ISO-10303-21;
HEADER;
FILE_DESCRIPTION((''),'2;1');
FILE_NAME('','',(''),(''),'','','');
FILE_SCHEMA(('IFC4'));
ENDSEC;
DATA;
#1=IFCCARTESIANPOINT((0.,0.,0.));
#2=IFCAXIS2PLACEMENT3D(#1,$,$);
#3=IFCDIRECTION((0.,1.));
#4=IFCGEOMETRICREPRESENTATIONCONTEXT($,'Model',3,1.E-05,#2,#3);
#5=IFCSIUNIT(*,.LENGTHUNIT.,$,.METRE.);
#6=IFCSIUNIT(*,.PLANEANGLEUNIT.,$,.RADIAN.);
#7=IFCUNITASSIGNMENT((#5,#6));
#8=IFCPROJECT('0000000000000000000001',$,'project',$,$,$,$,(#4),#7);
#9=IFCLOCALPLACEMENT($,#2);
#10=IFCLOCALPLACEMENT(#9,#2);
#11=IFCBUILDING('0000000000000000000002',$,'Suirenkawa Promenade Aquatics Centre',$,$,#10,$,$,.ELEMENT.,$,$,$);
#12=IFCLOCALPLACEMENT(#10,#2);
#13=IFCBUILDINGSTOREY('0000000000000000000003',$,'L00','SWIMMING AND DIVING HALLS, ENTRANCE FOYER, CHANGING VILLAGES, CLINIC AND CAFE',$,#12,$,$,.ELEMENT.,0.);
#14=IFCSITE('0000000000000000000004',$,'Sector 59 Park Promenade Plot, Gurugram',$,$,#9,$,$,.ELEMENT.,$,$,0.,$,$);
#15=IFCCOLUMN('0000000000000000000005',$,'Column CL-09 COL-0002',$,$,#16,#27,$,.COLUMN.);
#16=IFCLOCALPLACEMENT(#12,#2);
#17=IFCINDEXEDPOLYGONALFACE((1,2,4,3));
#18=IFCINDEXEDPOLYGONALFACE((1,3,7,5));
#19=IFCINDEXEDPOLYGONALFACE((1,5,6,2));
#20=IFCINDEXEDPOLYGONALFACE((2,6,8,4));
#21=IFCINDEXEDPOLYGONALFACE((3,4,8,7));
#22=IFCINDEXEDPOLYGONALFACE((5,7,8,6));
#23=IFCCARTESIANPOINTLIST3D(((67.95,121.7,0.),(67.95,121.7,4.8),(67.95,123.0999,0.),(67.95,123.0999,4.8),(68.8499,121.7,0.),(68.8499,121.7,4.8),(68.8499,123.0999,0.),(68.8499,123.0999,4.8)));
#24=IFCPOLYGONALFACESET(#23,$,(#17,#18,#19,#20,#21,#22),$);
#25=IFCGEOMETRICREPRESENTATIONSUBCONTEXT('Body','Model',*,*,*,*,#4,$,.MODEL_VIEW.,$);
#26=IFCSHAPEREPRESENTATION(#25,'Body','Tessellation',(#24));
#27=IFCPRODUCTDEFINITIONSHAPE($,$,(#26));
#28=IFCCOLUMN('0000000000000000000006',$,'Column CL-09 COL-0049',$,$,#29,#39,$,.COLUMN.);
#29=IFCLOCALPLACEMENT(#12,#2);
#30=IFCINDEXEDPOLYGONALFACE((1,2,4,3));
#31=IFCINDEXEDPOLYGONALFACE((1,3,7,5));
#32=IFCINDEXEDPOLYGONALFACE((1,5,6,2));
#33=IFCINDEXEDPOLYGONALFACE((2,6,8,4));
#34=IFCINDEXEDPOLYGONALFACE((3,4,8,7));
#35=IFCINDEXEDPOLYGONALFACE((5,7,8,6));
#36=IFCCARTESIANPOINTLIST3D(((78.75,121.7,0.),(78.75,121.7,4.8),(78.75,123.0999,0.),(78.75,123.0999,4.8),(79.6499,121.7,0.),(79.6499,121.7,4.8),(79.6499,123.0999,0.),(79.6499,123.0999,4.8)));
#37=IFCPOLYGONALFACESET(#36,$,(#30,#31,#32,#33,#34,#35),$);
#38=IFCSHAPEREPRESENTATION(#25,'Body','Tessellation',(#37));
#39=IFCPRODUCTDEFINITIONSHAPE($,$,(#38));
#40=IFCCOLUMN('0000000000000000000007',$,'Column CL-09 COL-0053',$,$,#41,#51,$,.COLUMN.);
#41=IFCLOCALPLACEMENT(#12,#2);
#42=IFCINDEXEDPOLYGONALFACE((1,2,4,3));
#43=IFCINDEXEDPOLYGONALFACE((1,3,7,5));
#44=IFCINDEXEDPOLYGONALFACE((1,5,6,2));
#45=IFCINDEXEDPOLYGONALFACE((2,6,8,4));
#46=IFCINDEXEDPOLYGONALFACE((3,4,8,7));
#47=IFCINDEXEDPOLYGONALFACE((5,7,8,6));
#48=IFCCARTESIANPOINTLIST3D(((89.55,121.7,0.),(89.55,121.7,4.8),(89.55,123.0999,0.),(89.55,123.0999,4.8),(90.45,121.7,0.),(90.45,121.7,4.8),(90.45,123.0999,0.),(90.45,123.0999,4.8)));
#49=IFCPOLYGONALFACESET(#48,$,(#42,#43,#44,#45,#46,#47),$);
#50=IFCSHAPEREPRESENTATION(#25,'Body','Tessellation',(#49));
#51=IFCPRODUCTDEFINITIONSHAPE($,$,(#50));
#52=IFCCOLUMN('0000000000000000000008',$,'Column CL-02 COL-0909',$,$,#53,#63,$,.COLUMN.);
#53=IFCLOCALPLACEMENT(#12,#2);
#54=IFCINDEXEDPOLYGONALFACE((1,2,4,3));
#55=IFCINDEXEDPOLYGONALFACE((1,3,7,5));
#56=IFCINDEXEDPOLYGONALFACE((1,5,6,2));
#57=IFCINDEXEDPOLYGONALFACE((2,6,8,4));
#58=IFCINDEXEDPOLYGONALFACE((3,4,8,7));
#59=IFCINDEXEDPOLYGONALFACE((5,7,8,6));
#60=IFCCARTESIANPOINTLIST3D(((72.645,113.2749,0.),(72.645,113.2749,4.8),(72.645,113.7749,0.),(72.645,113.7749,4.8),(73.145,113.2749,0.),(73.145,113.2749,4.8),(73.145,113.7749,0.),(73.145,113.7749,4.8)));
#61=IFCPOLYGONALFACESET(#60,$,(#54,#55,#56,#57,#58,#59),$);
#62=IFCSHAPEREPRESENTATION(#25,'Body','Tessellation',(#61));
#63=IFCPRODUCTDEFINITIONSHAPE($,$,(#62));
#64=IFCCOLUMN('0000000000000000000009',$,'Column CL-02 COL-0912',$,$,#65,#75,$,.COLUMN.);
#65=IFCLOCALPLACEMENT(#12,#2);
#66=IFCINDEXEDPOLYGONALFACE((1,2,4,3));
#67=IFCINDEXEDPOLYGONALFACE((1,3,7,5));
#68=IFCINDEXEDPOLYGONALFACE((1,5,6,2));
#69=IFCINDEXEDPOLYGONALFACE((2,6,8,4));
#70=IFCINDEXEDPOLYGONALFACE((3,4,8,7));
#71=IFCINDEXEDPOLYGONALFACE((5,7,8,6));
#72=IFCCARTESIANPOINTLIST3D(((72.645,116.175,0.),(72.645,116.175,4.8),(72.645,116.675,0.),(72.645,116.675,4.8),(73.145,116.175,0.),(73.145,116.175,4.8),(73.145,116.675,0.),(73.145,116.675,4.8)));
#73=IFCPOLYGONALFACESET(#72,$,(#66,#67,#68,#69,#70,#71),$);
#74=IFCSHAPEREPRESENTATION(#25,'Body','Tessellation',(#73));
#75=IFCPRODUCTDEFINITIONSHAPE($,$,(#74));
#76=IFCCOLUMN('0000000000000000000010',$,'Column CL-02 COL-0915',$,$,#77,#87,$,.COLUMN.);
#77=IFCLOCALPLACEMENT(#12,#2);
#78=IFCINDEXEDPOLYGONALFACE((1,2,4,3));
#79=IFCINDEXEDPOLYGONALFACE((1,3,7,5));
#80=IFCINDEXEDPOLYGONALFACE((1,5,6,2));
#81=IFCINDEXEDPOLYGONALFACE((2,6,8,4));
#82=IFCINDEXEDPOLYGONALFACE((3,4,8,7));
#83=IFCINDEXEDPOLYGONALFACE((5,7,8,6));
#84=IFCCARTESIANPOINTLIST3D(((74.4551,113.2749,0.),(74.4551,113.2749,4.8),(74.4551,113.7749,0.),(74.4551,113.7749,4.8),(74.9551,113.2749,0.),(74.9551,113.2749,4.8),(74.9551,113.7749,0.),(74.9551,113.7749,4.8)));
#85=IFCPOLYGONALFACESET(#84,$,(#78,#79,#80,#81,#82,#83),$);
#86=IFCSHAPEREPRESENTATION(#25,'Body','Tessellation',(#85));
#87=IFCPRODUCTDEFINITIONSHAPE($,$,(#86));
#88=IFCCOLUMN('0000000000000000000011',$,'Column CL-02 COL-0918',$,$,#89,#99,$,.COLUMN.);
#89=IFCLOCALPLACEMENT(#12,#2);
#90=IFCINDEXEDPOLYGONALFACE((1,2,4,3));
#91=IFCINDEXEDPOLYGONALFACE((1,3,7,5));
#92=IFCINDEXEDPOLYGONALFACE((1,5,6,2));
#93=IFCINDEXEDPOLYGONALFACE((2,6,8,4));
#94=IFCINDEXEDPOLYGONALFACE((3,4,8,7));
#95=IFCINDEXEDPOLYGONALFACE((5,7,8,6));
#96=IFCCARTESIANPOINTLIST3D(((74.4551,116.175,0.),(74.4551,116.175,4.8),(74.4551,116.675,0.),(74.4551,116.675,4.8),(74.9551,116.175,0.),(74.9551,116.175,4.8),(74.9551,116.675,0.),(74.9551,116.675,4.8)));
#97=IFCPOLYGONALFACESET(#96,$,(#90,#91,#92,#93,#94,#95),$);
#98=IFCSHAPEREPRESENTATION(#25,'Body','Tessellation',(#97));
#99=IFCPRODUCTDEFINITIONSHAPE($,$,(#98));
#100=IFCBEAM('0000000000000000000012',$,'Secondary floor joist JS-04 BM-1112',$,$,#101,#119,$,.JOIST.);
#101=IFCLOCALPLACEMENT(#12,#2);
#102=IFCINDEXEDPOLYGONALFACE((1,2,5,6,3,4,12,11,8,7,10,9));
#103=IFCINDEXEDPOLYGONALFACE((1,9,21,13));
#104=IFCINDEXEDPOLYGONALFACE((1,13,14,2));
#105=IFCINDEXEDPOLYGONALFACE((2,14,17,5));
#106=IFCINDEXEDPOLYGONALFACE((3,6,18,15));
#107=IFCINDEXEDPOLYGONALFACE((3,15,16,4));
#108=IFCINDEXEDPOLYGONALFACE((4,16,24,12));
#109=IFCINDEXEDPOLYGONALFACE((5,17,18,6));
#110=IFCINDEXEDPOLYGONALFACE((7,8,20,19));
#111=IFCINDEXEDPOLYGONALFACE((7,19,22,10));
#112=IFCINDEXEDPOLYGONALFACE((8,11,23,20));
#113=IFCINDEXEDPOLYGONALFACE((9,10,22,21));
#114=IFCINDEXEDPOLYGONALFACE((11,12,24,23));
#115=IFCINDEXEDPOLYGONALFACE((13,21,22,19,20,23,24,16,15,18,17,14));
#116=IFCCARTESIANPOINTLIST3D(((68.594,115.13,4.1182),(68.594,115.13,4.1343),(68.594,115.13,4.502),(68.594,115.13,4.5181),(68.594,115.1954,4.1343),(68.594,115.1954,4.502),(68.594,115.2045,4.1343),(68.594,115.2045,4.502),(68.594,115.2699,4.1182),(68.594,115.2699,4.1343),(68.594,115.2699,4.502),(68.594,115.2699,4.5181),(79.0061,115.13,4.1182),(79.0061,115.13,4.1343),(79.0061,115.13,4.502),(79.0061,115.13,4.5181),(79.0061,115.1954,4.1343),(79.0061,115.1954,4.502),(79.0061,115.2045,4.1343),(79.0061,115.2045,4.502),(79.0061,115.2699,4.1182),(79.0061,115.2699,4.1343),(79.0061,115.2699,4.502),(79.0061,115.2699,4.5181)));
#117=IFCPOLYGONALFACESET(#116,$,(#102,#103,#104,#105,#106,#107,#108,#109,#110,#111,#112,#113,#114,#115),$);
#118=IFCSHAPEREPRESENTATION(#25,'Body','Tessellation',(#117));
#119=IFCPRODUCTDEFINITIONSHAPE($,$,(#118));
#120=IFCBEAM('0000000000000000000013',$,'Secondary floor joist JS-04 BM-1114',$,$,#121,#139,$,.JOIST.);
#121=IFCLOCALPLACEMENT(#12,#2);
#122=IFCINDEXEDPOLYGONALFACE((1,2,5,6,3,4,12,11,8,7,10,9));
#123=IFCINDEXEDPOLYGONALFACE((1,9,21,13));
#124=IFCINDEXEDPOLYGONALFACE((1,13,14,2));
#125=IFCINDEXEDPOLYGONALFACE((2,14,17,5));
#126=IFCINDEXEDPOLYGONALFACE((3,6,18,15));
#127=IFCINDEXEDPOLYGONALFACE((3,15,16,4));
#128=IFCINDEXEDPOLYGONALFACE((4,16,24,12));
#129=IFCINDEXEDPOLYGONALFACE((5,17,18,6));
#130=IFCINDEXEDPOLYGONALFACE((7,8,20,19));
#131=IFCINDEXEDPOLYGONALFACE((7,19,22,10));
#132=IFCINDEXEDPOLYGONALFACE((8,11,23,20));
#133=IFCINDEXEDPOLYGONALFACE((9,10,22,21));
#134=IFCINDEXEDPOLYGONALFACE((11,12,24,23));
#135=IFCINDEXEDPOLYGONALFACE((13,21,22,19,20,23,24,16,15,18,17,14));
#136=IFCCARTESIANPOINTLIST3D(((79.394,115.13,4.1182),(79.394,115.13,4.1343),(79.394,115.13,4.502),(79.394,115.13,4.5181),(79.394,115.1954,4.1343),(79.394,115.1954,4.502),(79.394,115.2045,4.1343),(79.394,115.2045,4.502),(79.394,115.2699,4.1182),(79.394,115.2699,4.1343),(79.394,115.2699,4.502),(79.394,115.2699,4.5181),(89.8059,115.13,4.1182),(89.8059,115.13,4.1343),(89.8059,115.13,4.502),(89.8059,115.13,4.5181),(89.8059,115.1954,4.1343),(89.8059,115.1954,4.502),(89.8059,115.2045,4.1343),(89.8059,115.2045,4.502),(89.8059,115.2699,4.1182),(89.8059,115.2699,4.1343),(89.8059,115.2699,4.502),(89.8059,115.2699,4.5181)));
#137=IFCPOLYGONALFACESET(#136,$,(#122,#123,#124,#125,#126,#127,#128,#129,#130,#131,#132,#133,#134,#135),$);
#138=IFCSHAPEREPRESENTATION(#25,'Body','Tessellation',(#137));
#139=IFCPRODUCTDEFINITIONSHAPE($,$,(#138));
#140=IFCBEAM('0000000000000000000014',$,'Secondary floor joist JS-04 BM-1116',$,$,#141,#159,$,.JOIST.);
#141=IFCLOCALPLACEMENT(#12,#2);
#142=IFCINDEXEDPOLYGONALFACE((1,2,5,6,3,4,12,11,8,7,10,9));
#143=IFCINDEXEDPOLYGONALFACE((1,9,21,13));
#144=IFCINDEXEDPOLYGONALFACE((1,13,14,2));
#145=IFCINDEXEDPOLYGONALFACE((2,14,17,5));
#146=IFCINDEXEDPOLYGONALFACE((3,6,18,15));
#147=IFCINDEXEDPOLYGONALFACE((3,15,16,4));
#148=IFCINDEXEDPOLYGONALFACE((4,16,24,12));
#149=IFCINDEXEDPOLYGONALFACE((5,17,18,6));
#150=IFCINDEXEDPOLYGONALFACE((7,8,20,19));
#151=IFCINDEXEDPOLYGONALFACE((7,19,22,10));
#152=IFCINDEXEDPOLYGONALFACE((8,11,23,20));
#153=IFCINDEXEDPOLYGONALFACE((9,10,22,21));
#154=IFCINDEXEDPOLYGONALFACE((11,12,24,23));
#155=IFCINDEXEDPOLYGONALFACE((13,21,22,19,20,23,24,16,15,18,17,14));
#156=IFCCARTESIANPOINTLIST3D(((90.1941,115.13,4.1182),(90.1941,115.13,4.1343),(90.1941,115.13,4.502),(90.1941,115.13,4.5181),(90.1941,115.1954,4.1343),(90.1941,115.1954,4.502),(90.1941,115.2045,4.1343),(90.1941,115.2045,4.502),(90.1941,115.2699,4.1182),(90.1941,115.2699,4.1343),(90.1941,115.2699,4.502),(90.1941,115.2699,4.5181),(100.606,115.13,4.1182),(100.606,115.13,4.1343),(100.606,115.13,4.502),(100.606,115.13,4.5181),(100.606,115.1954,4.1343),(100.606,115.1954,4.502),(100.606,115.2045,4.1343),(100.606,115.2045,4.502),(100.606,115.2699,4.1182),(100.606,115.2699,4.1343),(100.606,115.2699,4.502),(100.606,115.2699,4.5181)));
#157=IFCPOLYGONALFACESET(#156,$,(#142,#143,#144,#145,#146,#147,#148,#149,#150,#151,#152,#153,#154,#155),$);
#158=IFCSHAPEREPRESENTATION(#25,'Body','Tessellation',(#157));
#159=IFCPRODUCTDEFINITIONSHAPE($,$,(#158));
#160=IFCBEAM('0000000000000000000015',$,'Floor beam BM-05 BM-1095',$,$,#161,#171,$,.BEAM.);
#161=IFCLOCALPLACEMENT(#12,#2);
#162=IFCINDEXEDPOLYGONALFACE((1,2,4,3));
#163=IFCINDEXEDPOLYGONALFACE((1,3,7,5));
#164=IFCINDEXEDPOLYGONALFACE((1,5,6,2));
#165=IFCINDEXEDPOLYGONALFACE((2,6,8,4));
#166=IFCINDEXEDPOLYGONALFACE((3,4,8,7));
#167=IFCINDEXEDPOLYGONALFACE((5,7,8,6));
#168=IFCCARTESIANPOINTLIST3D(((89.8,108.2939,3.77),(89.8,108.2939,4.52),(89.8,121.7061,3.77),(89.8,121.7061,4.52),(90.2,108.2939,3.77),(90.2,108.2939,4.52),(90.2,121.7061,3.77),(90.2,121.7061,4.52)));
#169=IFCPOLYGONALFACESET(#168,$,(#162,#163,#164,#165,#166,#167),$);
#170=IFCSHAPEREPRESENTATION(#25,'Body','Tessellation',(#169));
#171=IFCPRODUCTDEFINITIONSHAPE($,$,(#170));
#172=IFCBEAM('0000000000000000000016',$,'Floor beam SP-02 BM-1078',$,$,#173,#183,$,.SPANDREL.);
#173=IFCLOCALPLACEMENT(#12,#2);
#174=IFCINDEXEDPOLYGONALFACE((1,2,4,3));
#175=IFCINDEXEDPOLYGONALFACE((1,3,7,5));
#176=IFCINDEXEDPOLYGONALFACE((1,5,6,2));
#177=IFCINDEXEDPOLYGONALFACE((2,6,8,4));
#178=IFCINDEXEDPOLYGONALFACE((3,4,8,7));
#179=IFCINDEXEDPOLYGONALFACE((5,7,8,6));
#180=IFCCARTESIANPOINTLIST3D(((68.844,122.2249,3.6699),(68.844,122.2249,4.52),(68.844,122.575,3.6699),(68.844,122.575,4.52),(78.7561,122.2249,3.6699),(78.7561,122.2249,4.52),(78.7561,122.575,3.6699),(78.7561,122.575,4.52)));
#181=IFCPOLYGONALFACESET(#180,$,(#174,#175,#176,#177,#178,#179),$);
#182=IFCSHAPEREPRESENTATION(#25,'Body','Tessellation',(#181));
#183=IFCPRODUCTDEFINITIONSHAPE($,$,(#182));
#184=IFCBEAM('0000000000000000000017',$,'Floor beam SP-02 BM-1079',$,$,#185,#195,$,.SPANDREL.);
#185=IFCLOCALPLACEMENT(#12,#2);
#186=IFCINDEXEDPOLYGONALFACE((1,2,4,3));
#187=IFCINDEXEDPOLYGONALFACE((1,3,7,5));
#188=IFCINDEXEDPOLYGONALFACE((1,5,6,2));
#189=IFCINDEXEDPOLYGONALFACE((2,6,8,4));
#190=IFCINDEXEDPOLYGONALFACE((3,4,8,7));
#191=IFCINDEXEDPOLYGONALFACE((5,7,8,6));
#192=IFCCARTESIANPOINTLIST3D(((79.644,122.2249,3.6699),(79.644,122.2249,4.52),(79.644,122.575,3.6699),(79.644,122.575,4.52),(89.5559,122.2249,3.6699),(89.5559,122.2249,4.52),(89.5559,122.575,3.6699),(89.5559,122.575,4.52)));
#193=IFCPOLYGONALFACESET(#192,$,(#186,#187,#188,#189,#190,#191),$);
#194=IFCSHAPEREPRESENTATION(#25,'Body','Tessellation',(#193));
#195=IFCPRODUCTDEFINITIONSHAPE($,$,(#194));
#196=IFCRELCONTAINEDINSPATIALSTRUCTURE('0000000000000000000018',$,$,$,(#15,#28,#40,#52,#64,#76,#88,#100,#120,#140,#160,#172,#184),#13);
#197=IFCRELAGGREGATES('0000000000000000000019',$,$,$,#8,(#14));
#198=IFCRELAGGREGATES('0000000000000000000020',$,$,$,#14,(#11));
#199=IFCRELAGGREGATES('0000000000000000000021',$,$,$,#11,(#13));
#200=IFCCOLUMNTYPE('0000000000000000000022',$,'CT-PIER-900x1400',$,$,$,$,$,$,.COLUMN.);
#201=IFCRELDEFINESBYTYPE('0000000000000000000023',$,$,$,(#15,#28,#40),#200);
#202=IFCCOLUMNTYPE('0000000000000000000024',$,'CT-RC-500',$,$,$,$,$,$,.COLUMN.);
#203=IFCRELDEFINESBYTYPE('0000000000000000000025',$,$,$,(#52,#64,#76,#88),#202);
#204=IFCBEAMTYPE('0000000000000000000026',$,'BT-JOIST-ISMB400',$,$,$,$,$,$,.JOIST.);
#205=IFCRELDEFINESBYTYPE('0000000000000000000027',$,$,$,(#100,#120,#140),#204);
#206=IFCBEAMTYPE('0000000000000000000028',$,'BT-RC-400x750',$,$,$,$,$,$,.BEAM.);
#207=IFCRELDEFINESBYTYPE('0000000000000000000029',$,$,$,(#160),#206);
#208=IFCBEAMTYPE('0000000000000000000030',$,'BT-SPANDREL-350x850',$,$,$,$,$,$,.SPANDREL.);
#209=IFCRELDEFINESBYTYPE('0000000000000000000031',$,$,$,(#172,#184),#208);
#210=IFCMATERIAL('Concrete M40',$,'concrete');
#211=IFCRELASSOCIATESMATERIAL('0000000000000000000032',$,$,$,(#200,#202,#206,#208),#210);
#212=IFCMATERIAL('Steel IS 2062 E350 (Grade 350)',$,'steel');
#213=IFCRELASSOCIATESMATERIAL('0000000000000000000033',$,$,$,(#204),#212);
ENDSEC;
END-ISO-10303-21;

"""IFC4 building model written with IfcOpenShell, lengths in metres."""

from ifc_helpers import new_model, si_unit, direction, frame, origin, origin_2d, place, context, subcontext, project, spatial, rectangle, i_section, extrude, material, material_profile, profile_set, type_object, element, save


model = new_model("IFC4")

# Units and contexts
model_context = context("Model", 3, precision=1e-05, world=origin(), true_north=direction((0.0, 1.0)))
body_context = subcontext(model_context, "Body", "Model", "MODEL_VIEW")
ifc_project = project(units=[si_unit("LENGTHUNIT", "METRE"), si_unit("PLANEANGLEUNIT", "RADIAN")], contexts=[model_context])

# Site, building, storey
site_placement = place(None, origin())
site = spatial("IfcSite", under=ifc_project, at=site_placement, Name="Sector 59 Park Promenade Plot, Gurugram", CompositionType="ELEMENT", RefElevation=0.0)
building_placement = place(site_placement, origin())
building = spatial("IfcBuilding", under=site, at=building_placement, Name="Suirenkawa Promenade Aquatics Centre", CompositionType="ELEMENT")
storey_placement = place(building_placement, origin())
storey = spatial("IfcBuildingStorey", under=building, at=storey_placement, Name="L00", Description="SWIMMING AND DIVING HALLS, ENTRANCE FOYER, CHANGING VILLAGES, CLINIC AND CAFE", CompositionType="ELEMENT", Elevation=0.0)

# Columns
ifc_material_1 = material(Name="Concrete M40", Category="concrete")
ifc_material_profile_1 = material_profile(ifc_material_1, rectangle(XDim=0.8999, YDim=1.3999, at=origin_2d()), Name="RC PIER 900x1400", Category="concrete")
ifc_profile_set_1 = profile_set([ifc_material_profile_1], Name="Concrete M40")
column_type_1 = type_object("IfcColumnType", Name="CT-PIER-900x1400", PredefinedType="COLUMN", material=ifc_profile_set_1)
for number, where, z_axis, x_axis, name in (
    (1, (68.3999, 122.3999, 0.0), (0.0, 0.0, 1.0), (1.0, 0.0, 0.0), "Column CL-09 COL-0002"),
    (2, (79.2, 122.3999, 0.0), (0.0, 0.0, 1.0), (1.0, 0.0, 0.0), "Column CL-09 COL-0049"),
    (3, (90.0, 122.3999, 0.0), (0.0, 0.0, 1.0), (1.0, 0.0, 0.0), "Column CL-09 COL-0053"),
):
    element("IfcColumn", number, at=place(storey_placement, frame(where, z_axis=z_axis, x_axis=x_axis)), inside=storey, type_object=column_type_1, Name=name, PredefinedType="COLUMN", context=body_context, shape_type="SweptSolid", body=[
        extrude(rectangle(XDim=0.8999, YDim=1.3999, at=origin_2d()), origin(), (0.0, 0.0, 1.0), 4.8),
    ])
ifc_material_profile_2 = material_profile(ifc_material_1, rectangle(XDim=0.5, YDim=0.5, at=origin_2d()), Name="RC COL 500x500", Category="concrete")
ifc_profile_set_2 = profile_set([ifc_material_profile_2], Name="Concrete M40")
column_type_2 = type_object("IfcColumnType", Name="CT-RC-500", PredefinedType="COLUMN", material=ifc_profile_set_2)
for number, where, z_axis, x_axis, name in (
    (4, (72.895, 113.5249, 0.0), (0.0, 0.0, 1.0), (1.0, 0.0, 0.0), "Column CL-02 COL-0909"),
    (5, (72.895, 116.425, 0.0), (0.0, 0.0, 1.0), (1.0, 0.0, 0.0), "Column CL-02 COL-0912"),
    (6, (74.7051, 113.5249, 0.0), (0.0, 0.0, 1.0), (1.0, 0.0, 0.0), "Column CL-02 COL-0915"),
    (7, (74.7051, 116.425, 0.0), (0.0, 0.0, 1.0), (1.0, 0.0, 0.0), "Column CL-02 COL-0918"),
):
    element("IfcColumn", number, at=place(storey_placement, frame(where, z_axis=z_axis, x_axis=x_axis)), inside=storey, type_object=column_type_2, Name=name, PredefinedType="COLUMN", context=body_context, shape_type="SweptSolid", body=[
        extrude(rectangle(XDim=0.5, YDim=0.5, at=origin_2d()), origin(), (0.0, 0.0, 1.0), 4.8),
    ])

# Beams
ifc_material_2 = material(Name="Steel IS 2062 E350 (Grade 350)", Category="steel")
ifc_material_profile_3 = material_profile(ifc_material_2, i_section(OverallWidth=0.1399, OverallDepth=0.3999, WebThickness=0.009, FlangeThickness=0.0161, at=origin_2d()), Name="ISMB 400", Category="steel")
ifc_profile_set_3 = profile_set([ifc_material_profile_3], Name="Steel IS 2062 E350 (Grade 350)")
beam_type_1 = type_object("IfcBeamType", Name="BT-JOIST-ISMB400", PredefinedType="JOIST", material=ifc_profile_set_3)
beam_1_placement = place(storey_placement, frame((68.594, 115.2, 4.3181), z_axis=(1.0, 0.0, 0.0), x_axis=(0.0, 1.0, 0.0)))
element("IfcBeam", 8, at=beam_1_placement, inside=storey, type_object=beam_type_1, Name="Secondary floor joist JS-04 BM-1112", PredefinedType="JOIST", context=body_context, shape_type="SweptSolid", body=[
    extrude(i_section(OverallWidth=0.1399, OverallDepth=0.3999, WebThickness=0.009, FlangeThickness=0.0161, at=origin_2d()), origin(), (0.0, 0.0, 1.0), 10.4121),
])
for number, where, z_axis, x_axis, name in (
    (9, (79.394, 115.2, 4.3181), (1.0, 0.0, 0.0), (0.0, 1.0, 0.0), "Secondary floor joist JS-04 BM-1114"),
    (10, (90.1941, 115.2, 4.3181), (1.0, 0.0, 0.0), (0.0, 1.0, 0.0), "Secondary floor joist JS-04 BM-1116"),
):
    element("IfcBeam", number, at=place(storey_placement, frame(where, z_axis=z_axis, x_axis=x_axis)), inside=storey, type_object=beam_type_1, Name=name, PredefinedType="JOIST", context=body_context, shape_type="SweptSolid", body=[
        extrude(i_section(OverallWidth=0.1399, OverallDepth=0.3999, WebThickness=0.009, FlangeThickness=0.0161, at=origin_2d()), origin(), (0.0, 0.0, 1.0), 10.4119),
    ])
ifc_material_profile_4 = material_profile(ifc_material_1, rectangle(XDim=0.3999, YDim=0.75, at=origin_2d()), Name="RC BM 400x750", Category="concrete")
ifc_profile_set_4 = profile_set([ifc_material_profile_4], Name="Concrete M40")
beam_type_2 = type_object("IfcBeamType", Name="BT-RC-400x750", PredefinedType="BEAM", material=ifc_profile_set_4)
beam_2_placement = place(storey_placement, frame((90.0, 108.2939, 4.145), z_axis=(0.0, 1.0, 0.0), x_axis=(-1.0, 0.0, 0.0)))
element("IfcBeam", 11, at=beam_2_placement, inside=storey, type_object=beam_type_2, Name="Floor beam BM-05 BM-1095", PredefinedType="BEAM", context=body_context, shape_type="SweptSolid", body=[
    extrude(rectangle(XDim=0.3999, YDim=0.75, at=origin_2d()), origin(), (0.0, 0.0, 1.0), 13.4121),
])
ifc_material_profile_5 = material_profile(ifc_material_1, rectangle(XDim=0.3501, YDim=0.8501, at=origin_2d()), Name="RC SPANDREL 350x850", Category="concrete")
ifc_profile_set_5 = profile_set([ifc_material_profile_5], Name="Concrete M40")
beam_type_3 = type_object("IfcBeamType", Name="BT-SPANDREL-350x850", PredefinedType="SPANDREL", material=ifc_profile_set_5)
beam_3_placement = place(storey_placement, frame((68.844, 122.3999, 4.095), z_axis=(1.0, 0.0, 0.0), x_axis=(0.0, 1.0, 0.0)))
element("IfcBeam", 12, at=beam_3_placement, inside=storey, type_object=beam_type_3, Name="Floor beam SP-02 BM-1078", PredefinedType="SPANDREL", context=body_context, shape_type="SweptSolid", body=[
    extrude(rectangle(XDim=0.3501, YDim=0.8501, at=origin_2d()), origin(), (0.0, 0.0, 1.0), 9.9121),
])
for number, where, z_axis, x_axis, name in (
    (13, (79.644, 122.3999, 4.095), (1.0, 0.0, 0.0), (0.0, 1.0, 0.0), "Floor beam SP-02 BM-1079"),
):
    element("IfcBeam", number, at=place(storey_placement, frame(where, z_axis=z_axis, x_axis=x_axis)), inside=storey, type_object=beam_type_3, Name=name, PredefinedType="SPANDREL", context=body_context, shape_type="SweptSolid", body=[
        extrude(rectangle(XDim=0.3501, YDim=0.8501, at=origin_2d()), origin(), (0.0, 0.0, 1.0), 9.9119),
    ])

save(model, "model.ifc")
